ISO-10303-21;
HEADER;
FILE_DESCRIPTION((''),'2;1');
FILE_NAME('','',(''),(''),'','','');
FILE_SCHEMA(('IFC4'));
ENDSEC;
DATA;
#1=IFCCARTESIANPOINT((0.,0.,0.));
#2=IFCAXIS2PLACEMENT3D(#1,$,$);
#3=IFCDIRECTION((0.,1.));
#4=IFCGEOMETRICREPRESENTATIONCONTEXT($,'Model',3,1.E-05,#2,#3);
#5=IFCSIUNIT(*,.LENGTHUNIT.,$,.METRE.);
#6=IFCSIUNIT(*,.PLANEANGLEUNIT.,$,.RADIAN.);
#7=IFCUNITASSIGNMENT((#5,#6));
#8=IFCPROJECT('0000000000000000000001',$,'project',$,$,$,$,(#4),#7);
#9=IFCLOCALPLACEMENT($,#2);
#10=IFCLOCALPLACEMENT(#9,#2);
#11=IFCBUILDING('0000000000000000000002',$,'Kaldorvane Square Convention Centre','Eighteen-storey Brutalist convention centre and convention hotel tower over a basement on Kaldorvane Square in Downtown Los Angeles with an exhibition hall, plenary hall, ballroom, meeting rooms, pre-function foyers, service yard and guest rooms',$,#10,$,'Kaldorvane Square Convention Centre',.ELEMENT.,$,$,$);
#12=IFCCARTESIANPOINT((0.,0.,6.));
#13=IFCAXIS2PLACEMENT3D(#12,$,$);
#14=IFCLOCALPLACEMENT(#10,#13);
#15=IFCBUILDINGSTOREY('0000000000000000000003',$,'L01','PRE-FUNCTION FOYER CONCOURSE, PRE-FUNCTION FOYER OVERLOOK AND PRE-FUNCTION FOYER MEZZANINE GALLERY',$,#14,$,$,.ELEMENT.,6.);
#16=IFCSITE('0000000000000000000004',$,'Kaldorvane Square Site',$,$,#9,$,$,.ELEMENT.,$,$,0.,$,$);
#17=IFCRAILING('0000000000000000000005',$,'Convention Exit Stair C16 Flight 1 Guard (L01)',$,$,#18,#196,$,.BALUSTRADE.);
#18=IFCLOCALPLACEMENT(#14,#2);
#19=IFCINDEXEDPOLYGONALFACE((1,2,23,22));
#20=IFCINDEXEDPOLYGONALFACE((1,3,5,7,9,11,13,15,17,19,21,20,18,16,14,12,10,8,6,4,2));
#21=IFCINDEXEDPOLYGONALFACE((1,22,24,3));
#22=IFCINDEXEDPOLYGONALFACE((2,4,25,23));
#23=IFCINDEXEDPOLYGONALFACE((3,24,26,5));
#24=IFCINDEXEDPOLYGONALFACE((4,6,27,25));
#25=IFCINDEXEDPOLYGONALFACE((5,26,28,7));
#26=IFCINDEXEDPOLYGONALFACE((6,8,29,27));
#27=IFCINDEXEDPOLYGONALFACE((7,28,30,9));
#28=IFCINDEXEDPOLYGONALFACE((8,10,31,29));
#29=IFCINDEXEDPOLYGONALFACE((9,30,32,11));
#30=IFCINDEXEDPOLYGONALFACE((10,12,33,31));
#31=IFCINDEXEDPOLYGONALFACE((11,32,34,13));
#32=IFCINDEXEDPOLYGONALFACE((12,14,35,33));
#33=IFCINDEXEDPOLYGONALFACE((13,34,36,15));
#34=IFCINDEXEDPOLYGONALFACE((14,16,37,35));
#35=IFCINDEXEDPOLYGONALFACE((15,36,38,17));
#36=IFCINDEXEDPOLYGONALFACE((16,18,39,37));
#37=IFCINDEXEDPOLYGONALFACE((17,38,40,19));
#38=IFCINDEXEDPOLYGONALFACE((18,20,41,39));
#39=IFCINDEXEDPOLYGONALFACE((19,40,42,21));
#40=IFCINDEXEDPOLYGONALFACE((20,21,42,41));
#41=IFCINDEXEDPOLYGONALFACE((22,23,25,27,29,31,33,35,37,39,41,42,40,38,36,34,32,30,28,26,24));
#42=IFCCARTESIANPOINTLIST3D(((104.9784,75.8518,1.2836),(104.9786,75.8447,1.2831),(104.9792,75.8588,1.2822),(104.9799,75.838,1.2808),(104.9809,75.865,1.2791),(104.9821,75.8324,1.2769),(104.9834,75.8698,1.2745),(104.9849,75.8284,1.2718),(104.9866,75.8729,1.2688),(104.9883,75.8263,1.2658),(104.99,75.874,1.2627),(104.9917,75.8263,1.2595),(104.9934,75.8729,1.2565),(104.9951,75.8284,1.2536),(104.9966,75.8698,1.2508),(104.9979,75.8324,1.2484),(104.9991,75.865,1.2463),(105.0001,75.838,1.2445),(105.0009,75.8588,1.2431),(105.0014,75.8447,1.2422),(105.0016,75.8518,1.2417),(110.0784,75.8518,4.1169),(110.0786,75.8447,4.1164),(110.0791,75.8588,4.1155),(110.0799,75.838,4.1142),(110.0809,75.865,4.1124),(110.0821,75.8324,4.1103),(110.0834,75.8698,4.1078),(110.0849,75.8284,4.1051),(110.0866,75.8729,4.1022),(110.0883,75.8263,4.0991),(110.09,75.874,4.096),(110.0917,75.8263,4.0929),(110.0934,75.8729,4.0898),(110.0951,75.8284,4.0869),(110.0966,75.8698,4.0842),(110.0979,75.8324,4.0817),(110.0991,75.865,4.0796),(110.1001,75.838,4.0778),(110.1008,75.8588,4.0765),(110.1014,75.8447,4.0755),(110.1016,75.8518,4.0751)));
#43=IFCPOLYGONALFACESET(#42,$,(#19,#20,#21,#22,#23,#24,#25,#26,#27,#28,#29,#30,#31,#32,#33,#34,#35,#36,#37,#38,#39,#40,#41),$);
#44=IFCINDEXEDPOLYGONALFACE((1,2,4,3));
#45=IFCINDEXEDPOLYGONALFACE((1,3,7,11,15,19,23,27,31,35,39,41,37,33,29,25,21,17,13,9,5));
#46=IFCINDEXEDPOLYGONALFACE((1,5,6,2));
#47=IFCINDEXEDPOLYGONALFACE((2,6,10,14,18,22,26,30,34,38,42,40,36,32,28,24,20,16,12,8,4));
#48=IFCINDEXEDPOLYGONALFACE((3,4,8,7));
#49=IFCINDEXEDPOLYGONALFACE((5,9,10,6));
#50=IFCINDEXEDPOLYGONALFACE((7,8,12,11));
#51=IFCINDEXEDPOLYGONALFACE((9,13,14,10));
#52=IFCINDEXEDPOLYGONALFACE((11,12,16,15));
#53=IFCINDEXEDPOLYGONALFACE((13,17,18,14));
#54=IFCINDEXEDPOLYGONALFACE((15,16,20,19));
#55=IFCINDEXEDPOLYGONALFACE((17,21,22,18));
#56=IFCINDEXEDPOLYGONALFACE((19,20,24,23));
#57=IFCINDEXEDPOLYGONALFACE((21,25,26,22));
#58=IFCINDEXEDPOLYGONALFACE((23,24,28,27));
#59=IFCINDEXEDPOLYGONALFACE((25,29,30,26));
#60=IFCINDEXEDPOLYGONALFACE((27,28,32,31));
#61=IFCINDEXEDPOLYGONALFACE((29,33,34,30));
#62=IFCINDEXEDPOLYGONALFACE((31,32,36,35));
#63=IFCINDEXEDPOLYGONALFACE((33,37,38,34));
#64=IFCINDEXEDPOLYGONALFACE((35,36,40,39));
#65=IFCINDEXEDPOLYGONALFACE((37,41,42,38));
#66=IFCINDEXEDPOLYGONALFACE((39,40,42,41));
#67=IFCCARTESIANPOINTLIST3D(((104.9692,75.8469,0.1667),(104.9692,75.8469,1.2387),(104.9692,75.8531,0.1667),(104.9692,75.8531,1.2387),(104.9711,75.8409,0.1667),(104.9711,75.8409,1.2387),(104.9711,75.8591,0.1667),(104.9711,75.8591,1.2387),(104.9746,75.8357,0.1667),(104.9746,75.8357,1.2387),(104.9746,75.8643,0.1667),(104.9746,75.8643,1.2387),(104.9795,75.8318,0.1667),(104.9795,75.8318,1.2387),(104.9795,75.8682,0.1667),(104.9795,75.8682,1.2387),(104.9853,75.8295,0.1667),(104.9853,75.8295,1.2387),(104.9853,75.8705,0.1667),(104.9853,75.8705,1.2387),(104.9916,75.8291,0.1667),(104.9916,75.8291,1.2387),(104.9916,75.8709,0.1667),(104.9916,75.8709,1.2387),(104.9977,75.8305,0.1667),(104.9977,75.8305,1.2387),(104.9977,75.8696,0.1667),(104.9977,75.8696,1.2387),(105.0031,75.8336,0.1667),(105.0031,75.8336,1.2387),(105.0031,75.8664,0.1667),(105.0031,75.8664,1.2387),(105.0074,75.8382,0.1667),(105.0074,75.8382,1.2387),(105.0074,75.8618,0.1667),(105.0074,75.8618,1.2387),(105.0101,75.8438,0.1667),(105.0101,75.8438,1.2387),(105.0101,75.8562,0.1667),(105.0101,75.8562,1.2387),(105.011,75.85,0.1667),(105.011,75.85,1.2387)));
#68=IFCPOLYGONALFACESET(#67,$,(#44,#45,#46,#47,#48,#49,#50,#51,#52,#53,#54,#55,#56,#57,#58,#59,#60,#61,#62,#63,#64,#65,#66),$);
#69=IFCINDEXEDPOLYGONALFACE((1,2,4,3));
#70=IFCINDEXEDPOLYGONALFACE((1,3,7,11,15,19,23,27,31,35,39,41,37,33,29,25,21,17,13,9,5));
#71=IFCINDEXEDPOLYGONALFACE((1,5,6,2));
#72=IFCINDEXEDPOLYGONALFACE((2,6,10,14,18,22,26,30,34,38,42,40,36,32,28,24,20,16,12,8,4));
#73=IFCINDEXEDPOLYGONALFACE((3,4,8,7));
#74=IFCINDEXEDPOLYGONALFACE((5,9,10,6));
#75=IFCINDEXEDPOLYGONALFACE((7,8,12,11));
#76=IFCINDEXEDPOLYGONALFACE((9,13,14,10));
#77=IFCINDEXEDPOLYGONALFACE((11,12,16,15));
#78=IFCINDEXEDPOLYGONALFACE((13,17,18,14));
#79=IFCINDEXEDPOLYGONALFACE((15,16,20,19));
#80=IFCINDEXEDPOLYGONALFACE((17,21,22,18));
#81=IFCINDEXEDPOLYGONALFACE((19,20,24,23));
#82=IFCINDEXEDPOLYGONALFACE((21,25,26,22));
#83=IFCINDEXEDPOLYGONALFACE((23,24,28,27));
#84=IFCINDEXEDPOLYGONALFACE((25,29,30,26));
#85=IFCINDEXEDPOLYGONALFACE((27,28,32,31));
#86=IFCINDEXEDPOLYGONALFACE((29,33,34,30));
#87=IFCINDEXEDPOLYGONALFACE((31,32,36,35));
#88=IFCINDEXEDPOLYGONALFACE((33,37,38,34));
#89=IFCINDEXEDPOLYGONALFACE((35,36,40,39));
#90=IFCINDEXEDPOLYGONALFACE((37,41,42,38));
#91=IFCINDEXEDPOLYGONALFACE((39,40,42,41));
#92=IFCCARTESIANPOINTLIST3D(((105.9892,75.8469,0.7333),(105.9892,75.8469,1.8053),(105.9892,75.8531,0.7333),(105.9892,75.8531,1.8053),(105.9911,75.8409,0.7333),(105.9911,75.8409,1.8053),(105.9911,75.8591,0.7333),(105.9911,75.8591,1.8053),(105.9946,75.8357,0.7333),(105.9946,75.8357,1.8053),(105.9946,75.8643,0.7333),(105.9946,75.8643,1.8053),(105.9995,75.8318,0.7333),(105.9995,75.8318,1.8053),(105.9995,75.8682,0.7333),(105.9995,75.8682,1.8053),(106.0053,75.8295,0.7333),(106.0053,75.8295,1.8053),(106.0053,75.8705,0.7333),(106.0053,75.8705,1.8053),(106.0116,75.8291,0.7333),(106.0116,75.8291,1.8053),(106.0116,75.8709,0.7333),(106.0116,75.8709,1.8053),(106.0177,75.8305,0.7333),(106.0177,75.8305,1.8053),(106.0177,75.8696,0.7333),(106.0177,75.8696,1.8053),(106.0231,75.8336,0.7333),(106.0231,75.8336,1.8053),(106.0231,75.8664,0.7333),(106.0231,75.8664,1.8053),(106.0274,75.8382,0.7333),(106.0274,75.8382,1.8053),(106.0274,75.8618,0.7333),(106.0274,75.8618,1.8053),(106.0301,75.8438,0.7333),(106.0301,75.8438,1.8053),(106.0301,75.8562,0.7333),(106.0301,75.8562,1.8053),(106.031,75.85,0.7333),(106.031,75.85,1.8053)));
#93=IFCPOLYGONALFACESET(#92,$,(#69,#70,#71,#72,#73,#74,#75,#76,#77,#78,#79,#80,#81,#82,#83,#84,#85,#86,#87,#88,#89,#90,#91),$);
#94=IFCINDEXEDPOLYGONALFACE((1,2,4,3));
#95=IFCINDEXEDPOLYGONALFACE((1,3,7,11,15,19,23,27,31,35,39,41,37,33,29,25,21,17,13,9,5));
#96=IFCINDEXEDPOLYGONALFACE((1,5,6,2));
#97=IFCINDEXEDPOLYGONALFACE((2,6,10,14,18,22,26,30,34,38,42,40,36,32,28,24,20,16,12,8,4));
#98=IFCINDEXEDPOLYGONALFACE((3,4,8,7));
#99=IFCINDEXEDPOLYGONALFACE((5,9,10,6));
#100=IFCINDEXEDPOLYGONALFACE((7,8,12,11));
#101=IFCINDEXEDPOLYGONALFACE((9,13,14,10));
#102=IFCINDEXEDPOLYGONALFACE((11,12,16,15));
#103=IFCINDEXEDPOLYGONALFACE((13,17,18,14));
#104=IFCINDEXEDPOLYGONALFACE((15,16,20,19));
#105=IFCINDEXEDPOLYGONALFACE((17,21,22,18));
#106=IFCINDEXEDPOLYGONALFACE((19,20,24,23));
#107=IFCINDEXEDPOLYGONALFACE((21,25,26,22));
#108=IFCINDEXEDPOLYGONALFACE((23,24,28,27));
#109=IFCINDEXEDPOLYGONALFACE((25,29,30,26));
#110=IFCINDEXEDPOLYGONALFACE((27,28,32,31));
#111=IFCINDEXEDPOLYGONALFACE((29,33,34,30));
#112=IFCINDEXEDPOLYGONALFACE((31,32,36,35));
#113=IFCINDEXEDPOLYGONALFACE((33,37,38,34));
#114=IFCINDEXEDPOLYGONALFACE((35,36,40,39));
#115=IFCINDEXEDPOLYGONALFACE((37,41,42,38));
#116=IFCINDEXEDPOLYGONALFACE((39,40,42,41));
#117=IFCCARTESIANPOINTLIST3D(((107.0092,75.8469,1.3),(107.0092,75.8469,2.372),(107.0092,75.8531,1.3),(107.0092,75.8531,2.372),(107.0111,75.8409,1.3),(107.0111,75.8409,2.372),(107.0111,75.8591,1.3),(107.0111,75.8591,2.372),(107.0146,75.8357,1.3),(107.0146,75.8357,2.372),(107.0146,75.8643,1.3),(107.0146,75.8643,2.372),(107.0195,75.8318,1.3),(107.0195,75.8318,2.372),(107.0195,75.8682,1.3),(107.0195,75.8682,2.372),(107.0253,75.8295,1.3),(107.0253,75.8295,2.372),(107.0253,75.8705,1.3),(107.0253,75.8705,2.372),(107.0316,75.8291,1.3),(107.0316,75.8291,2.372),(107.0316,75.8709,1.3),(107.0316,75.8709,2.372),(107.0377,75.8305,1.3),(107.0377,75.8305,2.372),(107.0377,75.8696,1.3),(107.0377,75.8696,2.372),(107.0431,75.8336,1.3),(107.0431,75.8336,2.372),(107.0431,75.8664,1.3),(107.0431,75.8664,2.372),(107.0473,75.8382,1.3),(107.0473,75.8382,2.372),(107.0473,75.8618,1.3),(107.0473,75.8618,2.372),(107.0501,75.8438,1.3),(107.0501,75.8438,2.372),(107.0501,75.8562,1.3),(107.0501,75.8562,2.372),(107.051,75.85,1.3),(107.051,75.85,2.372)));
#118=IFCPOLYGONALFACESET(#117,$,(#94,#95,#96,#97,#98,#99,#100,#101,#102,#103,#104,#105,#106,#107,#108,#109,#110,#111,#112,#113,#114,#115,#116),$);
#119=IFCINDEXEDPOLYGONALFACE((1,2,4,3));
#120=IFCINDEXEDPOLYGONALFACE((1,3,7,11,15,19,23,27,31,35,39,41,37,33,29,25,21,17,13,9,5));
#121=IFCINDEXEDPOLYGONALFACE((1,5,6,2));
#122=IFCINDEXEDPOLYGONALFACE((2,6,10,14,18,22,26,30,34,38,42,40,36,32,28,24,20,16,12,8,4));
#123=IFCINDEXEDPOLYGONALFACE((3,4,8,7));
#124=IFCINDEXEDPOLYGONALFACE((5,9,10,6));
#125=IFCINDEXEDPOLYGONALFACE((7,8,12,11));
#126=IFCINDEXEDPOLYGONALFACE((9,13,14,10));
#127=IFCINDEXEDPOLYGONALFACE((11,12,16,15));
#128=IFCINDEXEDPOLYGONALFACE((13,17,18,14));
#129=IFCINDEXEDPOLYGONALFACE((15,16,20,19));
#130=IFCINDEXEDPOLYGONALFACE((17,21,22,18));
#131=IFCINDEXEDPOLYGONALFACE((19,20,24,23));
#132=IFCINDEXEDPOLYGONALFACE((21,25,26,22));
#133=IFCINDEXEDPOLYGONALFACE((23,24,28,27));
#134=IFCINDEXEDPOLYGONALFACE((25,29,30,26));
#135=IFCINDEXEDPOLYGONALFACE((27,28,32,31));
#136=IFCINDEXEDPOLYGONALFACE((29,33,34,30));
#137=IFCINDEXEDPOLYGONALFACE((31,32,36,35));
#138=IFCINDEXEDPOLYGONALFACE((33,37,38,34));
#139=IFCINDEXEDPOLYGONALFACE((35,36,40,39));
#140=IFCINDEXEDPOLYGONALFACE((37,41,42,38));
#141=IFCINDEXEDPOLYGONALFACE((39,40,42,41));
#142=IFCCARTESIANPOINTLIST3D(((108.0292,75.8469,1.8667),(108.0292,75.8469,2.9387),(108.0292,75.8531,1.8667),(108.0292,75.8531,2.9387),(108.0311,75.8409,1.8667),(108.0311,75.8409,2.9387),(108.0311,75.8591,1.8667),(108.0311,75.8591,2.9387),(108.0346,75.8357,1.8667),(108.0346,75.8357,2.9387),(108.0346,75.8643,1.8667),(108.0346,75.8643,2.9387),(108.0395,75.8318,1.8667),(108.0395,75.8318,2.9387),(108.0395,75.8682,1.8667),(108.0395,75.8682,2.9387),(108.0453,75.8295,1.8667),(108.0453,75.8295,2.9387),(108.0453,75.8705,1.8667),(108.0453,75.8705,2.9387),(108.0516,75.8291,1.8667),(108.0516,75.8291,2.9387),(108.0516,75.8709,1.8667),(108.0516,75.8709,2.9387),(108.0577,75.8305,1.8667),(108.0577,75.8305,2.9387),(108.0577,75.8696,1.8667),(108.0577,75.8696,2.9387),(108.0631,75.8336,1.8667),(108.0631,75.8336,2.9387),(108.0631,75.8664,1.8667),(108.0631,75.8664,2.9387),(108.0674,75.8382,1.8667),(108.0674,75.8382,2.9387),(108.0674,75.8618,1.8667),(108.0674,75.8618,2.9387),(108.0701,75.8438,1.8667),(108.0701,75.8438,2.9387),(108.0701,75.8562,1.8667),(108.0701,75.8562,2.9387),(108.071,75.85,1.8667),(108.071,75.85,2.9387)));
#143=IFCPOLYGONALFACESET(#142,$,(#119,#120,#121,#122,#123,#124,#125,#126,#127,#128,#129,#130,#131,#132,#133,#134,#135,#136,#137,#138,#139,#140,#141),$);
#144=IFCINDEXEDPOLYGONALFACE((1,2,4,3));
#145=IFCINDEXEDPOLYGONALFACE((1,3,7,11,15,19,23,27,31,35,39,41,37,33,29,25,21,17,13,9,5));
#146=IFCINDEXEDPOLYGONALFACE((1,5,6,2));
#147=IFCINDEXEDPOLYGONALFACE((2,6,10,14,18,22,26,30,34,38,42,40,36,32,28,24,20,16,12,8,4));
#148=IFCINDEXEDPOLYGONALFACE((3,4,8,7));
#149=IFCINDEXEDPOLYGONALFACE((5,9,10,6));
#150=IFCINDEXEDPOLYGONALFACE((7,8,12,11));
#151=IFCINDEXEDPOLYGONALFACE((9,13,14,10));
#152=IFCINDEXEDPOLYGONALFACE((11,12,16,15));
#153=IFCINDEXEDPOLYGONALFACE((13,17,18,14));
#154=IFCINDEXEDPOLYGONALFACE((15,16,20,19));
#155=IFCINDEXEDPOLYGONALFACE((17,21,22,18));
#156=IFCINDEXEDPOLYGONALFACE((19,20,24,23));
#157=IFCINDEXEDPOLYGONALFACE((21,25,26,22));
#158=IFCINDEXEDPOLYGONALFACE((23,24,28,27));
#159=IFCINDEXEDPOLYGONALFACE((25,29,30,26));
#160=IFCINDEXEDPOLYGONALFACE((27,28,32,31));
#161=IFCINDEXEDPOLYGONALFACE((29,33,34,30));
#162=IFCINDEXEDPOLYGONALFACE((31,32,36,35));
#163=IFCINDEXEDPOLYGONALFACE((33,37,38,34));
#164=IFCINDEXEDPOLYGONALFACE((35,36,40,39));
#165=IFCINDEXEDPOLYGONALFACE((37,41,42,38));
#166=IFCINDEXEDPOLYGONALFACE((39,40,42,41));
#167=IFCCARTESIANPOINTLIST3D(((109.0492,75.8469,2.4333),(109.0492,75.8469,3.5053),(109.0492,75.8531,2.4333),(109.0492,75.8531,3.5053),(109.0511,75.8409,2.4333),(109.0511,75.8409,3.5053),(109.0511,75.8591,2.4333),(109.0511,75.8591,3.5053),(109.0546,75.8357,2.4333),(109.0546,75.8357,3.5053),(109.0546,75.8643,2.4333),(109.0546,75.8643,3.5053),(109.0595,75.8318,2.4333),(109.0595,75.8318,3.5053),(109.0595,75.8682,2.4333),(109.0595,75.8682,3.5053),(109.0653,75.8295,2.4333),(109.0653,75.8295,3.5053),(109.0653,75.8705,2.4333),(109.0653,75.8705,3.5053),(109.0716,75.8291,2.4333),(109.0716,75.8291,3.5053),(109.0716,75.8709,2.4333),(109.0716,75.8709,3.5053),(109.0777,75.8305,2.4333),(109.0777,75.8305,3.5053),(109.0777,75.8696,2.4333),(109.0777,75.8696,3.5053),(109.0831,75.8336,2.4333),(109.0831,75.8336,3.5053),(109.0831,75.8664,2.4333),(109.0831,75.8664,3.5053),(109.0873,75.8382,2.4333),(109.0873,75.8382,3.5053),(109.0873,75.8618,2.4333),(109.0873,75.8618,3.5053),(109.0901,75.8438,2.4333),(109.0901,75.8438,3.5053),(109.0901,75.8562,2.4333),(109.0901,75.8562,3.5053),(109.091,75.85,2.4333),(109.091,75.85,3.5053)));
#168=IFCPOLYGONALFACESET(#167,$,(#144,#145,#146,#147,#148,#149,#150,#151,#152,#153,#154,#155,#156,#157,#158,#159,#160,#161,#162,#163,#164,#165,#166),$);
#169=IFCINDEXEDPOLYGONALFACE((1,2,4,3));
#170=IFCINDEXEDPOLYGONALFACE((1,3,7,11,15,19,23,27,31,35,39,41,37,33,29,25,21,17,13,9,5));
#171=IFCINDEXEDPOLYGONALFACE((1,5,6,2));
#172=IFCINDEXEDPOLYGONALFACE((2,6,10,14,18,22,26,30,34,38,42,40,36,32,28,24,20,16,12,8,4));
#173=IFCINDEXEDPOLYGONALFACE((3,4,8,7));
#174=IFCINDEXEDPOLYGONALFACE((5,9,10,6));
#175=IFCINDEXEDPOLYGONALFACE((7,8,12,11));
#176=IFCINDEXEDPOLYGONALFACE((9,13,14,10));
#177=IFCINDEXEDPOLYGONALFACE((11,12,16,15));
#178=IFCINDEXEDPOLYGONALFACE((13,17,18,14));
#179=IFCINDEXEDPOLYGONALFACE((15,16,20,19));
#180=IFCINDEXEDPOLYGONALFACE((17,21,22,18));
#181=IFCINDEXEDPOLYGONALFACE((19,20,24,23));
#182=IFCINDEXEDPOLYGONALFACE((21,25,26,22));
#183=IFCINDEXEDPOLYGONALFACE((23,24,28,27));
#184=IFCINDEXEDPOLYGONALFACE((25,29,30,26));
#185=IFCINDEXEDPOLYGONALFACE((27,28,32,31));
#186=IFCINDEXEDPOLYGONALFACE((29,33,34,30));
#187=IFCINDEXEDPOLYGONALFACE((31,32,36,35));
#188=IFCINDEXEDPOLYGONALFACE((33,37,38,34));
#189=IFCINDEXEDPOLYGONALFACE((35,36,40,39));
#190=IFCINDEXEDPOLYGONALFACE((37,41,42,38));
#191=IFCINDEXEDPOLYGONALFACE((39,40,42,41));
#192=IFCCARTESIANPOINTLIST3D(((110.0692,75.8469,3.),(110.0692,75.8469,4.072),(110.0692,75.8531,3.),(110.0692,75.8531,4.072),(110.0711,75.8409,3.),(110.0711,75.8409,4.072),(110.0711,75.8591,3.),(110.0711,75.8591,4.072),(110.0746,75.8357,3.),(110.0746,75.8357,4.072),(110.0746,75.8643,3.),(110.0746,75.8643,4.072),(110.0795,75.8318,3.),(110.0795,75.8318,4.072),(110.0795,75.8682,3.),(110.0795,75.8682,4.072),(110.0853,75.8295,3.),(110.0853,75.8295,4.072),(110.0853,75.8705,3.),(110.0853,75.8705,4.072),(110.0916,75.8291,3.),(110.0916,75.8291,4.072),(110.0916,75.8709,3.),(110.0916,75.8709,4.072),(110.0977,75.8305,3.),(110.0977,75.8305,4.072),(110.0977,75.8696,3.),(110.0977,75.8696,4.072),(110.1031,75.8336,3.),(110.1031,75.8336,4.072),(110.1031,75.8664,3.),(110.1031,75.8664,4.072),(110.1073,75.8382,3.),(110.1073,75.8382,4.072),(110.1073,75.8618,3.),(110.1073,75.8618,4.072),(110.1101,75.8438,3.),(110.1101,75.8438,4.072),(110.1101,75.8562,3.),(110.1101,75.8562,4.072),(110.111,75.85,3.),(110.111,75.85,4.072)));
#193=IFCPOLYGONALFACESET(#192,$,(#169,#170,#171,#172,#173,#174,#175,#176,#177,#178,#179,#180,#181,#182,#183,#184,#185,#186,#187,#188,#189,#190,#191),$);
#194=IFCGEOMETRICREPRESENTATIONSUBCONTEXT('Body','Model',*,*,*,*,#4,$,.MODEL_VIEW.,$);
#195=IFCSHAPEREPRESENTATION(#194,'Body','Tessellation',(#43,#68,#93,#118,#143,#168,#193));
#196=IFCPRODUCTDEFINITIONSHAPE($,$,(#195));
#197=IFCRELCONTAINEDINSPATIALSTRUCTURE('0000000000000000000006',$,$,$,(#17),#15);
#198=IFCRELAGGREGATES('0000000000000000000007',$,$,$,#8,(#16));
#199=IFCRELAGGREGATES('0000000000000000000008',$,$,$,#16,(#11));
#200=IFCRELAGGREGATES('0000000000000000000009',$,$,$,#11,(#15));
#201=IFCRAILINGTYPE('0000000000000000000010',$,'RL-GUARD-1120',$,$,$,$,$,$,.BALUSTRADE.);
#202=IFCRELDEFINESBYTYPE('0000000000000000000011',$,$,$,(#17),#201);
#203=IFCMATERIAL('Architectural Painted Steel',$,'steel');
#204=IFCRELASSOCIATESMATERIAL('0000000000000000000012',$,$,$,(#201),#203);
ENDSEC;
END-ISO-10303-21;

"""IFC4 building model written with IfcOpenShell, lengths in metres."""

from ifc_helpers import new_model, si_unit, direction, frame, origin, origin_2d, place, context, subcontext, project, spatial, circle, extrude, material, type_object, element, save


model = new_model("IFC4")

# Units and contexts
model_context = context("Model", 3, precision=1e-05, world=origin(), true_north=direction((0.0, 1.0)))
body_context = subcontext(model_context, "Body", "Model", "MODEL_VIEW")
ifc_project = project(units=[si_unit("LENGTHUNIT", "METRE"), si_unit("PLANEANGLEUNIT", "RADIAN")], contexts=[model_context])

# Site, building, storey
site_placement = place(None, origin())
site = spatial("IfcSite", under=ifc_project, at=site_placement, Name="Kaldorvane Square Site", CompositionType="ELEMENT", RefElevation=0.0)
building_placement = place(site_placement, origin())
building = spatial("IfcBuilding", under=site, at=building_placement, Name="Kaldorvane Square Convention Centre", Description="Eighteen-storey Brutalist convention centre and convention hotel tower over a basement on Kaldorvane Square in Downtown Los Angeles with an exhibition hall, plenary hall, ballroom, meeting rooms, pre-function foyers, service yard and guest rooms", LongName="Kaldorvane Square Convention Centre", CompositionType="ELEMENT")
storey_placement = place(building_placement, frame((0.0, 0.0, 6.0)))
storey = spatial("IfcBuildingStorey", under=building, at=storey_placement, Name="L01", Description="PRE-FUNCTION FOYER CONCOURSE, PRE-FUNCTION FOYER OVERLOOK AND PRE-FUNCTION FOYER MEZZANINE GALLERY", CompositionType="ELEMENT", Elevation=6.0)

# Railing
ifc_material_1 = material(Name="Architectural Painted Steel", Category="steel")
railing_type_1 = type_object("IfcRailingType", Name="RL-GUARD-1120", PredefinedType="BALUSTRADE", material=ifc_material_1)
railing_1_placement = place(storey_placement, frame((104.99, 75.85, 0.1667)))
element("IfcRailing", 1, at=railing_1_placement, inside=storey, type_object=railing_type_1, Name="Convention Exit Stair C16 Flight 1 Guard (L01)", PredefinedType="BALUSTRADE", context=body_context, shape_type="SweptSolid", body=[
    extrude(circle(Radius=0.024, at=origin_2d()), frame((0.0, 0.0, 1.096), z_axis=(0.874157, 0.0, 0.485643), x_axis=(0.0, 1.0, 0.0)), (0.0, 0.0, 1.0), 5.8342),
    extrude(circle(Radius=0.021, at=origin_2d()), origin(), (0.0, 0.0, 1.0), 1.072),
    extrude(circle(Radius=0.021, at=origin_2d()), frame((1.02, 0.0, 0.5667)), (0.0, 0.0, 1.0), 1.072),
    extrude(circle(Radius=0.021, at=origin_2d()), frame((2.04, 0.0, 1.1333)), (0.0, 0.0, 1.0), 1.072),
    extrude(circle(Radius=0.021, at=origin_2d()), frame((3.06, 0.0, 1.7)), (0.0, 0.0, 1.0), 1.072),
    extrude(circle(Radius=0.021, at=origin_2d()), frame((4.08, 0.0, 2.2667)), (0.0, 0.0, 1.0), 1.072),
    extrude(circle(Radius=0.021, at=origin_2d()), frame((5.1, 0.0, 2.8333)), (0.0, 0.0, 1.0), 1.072),
])

save(model, "model.ifc")
